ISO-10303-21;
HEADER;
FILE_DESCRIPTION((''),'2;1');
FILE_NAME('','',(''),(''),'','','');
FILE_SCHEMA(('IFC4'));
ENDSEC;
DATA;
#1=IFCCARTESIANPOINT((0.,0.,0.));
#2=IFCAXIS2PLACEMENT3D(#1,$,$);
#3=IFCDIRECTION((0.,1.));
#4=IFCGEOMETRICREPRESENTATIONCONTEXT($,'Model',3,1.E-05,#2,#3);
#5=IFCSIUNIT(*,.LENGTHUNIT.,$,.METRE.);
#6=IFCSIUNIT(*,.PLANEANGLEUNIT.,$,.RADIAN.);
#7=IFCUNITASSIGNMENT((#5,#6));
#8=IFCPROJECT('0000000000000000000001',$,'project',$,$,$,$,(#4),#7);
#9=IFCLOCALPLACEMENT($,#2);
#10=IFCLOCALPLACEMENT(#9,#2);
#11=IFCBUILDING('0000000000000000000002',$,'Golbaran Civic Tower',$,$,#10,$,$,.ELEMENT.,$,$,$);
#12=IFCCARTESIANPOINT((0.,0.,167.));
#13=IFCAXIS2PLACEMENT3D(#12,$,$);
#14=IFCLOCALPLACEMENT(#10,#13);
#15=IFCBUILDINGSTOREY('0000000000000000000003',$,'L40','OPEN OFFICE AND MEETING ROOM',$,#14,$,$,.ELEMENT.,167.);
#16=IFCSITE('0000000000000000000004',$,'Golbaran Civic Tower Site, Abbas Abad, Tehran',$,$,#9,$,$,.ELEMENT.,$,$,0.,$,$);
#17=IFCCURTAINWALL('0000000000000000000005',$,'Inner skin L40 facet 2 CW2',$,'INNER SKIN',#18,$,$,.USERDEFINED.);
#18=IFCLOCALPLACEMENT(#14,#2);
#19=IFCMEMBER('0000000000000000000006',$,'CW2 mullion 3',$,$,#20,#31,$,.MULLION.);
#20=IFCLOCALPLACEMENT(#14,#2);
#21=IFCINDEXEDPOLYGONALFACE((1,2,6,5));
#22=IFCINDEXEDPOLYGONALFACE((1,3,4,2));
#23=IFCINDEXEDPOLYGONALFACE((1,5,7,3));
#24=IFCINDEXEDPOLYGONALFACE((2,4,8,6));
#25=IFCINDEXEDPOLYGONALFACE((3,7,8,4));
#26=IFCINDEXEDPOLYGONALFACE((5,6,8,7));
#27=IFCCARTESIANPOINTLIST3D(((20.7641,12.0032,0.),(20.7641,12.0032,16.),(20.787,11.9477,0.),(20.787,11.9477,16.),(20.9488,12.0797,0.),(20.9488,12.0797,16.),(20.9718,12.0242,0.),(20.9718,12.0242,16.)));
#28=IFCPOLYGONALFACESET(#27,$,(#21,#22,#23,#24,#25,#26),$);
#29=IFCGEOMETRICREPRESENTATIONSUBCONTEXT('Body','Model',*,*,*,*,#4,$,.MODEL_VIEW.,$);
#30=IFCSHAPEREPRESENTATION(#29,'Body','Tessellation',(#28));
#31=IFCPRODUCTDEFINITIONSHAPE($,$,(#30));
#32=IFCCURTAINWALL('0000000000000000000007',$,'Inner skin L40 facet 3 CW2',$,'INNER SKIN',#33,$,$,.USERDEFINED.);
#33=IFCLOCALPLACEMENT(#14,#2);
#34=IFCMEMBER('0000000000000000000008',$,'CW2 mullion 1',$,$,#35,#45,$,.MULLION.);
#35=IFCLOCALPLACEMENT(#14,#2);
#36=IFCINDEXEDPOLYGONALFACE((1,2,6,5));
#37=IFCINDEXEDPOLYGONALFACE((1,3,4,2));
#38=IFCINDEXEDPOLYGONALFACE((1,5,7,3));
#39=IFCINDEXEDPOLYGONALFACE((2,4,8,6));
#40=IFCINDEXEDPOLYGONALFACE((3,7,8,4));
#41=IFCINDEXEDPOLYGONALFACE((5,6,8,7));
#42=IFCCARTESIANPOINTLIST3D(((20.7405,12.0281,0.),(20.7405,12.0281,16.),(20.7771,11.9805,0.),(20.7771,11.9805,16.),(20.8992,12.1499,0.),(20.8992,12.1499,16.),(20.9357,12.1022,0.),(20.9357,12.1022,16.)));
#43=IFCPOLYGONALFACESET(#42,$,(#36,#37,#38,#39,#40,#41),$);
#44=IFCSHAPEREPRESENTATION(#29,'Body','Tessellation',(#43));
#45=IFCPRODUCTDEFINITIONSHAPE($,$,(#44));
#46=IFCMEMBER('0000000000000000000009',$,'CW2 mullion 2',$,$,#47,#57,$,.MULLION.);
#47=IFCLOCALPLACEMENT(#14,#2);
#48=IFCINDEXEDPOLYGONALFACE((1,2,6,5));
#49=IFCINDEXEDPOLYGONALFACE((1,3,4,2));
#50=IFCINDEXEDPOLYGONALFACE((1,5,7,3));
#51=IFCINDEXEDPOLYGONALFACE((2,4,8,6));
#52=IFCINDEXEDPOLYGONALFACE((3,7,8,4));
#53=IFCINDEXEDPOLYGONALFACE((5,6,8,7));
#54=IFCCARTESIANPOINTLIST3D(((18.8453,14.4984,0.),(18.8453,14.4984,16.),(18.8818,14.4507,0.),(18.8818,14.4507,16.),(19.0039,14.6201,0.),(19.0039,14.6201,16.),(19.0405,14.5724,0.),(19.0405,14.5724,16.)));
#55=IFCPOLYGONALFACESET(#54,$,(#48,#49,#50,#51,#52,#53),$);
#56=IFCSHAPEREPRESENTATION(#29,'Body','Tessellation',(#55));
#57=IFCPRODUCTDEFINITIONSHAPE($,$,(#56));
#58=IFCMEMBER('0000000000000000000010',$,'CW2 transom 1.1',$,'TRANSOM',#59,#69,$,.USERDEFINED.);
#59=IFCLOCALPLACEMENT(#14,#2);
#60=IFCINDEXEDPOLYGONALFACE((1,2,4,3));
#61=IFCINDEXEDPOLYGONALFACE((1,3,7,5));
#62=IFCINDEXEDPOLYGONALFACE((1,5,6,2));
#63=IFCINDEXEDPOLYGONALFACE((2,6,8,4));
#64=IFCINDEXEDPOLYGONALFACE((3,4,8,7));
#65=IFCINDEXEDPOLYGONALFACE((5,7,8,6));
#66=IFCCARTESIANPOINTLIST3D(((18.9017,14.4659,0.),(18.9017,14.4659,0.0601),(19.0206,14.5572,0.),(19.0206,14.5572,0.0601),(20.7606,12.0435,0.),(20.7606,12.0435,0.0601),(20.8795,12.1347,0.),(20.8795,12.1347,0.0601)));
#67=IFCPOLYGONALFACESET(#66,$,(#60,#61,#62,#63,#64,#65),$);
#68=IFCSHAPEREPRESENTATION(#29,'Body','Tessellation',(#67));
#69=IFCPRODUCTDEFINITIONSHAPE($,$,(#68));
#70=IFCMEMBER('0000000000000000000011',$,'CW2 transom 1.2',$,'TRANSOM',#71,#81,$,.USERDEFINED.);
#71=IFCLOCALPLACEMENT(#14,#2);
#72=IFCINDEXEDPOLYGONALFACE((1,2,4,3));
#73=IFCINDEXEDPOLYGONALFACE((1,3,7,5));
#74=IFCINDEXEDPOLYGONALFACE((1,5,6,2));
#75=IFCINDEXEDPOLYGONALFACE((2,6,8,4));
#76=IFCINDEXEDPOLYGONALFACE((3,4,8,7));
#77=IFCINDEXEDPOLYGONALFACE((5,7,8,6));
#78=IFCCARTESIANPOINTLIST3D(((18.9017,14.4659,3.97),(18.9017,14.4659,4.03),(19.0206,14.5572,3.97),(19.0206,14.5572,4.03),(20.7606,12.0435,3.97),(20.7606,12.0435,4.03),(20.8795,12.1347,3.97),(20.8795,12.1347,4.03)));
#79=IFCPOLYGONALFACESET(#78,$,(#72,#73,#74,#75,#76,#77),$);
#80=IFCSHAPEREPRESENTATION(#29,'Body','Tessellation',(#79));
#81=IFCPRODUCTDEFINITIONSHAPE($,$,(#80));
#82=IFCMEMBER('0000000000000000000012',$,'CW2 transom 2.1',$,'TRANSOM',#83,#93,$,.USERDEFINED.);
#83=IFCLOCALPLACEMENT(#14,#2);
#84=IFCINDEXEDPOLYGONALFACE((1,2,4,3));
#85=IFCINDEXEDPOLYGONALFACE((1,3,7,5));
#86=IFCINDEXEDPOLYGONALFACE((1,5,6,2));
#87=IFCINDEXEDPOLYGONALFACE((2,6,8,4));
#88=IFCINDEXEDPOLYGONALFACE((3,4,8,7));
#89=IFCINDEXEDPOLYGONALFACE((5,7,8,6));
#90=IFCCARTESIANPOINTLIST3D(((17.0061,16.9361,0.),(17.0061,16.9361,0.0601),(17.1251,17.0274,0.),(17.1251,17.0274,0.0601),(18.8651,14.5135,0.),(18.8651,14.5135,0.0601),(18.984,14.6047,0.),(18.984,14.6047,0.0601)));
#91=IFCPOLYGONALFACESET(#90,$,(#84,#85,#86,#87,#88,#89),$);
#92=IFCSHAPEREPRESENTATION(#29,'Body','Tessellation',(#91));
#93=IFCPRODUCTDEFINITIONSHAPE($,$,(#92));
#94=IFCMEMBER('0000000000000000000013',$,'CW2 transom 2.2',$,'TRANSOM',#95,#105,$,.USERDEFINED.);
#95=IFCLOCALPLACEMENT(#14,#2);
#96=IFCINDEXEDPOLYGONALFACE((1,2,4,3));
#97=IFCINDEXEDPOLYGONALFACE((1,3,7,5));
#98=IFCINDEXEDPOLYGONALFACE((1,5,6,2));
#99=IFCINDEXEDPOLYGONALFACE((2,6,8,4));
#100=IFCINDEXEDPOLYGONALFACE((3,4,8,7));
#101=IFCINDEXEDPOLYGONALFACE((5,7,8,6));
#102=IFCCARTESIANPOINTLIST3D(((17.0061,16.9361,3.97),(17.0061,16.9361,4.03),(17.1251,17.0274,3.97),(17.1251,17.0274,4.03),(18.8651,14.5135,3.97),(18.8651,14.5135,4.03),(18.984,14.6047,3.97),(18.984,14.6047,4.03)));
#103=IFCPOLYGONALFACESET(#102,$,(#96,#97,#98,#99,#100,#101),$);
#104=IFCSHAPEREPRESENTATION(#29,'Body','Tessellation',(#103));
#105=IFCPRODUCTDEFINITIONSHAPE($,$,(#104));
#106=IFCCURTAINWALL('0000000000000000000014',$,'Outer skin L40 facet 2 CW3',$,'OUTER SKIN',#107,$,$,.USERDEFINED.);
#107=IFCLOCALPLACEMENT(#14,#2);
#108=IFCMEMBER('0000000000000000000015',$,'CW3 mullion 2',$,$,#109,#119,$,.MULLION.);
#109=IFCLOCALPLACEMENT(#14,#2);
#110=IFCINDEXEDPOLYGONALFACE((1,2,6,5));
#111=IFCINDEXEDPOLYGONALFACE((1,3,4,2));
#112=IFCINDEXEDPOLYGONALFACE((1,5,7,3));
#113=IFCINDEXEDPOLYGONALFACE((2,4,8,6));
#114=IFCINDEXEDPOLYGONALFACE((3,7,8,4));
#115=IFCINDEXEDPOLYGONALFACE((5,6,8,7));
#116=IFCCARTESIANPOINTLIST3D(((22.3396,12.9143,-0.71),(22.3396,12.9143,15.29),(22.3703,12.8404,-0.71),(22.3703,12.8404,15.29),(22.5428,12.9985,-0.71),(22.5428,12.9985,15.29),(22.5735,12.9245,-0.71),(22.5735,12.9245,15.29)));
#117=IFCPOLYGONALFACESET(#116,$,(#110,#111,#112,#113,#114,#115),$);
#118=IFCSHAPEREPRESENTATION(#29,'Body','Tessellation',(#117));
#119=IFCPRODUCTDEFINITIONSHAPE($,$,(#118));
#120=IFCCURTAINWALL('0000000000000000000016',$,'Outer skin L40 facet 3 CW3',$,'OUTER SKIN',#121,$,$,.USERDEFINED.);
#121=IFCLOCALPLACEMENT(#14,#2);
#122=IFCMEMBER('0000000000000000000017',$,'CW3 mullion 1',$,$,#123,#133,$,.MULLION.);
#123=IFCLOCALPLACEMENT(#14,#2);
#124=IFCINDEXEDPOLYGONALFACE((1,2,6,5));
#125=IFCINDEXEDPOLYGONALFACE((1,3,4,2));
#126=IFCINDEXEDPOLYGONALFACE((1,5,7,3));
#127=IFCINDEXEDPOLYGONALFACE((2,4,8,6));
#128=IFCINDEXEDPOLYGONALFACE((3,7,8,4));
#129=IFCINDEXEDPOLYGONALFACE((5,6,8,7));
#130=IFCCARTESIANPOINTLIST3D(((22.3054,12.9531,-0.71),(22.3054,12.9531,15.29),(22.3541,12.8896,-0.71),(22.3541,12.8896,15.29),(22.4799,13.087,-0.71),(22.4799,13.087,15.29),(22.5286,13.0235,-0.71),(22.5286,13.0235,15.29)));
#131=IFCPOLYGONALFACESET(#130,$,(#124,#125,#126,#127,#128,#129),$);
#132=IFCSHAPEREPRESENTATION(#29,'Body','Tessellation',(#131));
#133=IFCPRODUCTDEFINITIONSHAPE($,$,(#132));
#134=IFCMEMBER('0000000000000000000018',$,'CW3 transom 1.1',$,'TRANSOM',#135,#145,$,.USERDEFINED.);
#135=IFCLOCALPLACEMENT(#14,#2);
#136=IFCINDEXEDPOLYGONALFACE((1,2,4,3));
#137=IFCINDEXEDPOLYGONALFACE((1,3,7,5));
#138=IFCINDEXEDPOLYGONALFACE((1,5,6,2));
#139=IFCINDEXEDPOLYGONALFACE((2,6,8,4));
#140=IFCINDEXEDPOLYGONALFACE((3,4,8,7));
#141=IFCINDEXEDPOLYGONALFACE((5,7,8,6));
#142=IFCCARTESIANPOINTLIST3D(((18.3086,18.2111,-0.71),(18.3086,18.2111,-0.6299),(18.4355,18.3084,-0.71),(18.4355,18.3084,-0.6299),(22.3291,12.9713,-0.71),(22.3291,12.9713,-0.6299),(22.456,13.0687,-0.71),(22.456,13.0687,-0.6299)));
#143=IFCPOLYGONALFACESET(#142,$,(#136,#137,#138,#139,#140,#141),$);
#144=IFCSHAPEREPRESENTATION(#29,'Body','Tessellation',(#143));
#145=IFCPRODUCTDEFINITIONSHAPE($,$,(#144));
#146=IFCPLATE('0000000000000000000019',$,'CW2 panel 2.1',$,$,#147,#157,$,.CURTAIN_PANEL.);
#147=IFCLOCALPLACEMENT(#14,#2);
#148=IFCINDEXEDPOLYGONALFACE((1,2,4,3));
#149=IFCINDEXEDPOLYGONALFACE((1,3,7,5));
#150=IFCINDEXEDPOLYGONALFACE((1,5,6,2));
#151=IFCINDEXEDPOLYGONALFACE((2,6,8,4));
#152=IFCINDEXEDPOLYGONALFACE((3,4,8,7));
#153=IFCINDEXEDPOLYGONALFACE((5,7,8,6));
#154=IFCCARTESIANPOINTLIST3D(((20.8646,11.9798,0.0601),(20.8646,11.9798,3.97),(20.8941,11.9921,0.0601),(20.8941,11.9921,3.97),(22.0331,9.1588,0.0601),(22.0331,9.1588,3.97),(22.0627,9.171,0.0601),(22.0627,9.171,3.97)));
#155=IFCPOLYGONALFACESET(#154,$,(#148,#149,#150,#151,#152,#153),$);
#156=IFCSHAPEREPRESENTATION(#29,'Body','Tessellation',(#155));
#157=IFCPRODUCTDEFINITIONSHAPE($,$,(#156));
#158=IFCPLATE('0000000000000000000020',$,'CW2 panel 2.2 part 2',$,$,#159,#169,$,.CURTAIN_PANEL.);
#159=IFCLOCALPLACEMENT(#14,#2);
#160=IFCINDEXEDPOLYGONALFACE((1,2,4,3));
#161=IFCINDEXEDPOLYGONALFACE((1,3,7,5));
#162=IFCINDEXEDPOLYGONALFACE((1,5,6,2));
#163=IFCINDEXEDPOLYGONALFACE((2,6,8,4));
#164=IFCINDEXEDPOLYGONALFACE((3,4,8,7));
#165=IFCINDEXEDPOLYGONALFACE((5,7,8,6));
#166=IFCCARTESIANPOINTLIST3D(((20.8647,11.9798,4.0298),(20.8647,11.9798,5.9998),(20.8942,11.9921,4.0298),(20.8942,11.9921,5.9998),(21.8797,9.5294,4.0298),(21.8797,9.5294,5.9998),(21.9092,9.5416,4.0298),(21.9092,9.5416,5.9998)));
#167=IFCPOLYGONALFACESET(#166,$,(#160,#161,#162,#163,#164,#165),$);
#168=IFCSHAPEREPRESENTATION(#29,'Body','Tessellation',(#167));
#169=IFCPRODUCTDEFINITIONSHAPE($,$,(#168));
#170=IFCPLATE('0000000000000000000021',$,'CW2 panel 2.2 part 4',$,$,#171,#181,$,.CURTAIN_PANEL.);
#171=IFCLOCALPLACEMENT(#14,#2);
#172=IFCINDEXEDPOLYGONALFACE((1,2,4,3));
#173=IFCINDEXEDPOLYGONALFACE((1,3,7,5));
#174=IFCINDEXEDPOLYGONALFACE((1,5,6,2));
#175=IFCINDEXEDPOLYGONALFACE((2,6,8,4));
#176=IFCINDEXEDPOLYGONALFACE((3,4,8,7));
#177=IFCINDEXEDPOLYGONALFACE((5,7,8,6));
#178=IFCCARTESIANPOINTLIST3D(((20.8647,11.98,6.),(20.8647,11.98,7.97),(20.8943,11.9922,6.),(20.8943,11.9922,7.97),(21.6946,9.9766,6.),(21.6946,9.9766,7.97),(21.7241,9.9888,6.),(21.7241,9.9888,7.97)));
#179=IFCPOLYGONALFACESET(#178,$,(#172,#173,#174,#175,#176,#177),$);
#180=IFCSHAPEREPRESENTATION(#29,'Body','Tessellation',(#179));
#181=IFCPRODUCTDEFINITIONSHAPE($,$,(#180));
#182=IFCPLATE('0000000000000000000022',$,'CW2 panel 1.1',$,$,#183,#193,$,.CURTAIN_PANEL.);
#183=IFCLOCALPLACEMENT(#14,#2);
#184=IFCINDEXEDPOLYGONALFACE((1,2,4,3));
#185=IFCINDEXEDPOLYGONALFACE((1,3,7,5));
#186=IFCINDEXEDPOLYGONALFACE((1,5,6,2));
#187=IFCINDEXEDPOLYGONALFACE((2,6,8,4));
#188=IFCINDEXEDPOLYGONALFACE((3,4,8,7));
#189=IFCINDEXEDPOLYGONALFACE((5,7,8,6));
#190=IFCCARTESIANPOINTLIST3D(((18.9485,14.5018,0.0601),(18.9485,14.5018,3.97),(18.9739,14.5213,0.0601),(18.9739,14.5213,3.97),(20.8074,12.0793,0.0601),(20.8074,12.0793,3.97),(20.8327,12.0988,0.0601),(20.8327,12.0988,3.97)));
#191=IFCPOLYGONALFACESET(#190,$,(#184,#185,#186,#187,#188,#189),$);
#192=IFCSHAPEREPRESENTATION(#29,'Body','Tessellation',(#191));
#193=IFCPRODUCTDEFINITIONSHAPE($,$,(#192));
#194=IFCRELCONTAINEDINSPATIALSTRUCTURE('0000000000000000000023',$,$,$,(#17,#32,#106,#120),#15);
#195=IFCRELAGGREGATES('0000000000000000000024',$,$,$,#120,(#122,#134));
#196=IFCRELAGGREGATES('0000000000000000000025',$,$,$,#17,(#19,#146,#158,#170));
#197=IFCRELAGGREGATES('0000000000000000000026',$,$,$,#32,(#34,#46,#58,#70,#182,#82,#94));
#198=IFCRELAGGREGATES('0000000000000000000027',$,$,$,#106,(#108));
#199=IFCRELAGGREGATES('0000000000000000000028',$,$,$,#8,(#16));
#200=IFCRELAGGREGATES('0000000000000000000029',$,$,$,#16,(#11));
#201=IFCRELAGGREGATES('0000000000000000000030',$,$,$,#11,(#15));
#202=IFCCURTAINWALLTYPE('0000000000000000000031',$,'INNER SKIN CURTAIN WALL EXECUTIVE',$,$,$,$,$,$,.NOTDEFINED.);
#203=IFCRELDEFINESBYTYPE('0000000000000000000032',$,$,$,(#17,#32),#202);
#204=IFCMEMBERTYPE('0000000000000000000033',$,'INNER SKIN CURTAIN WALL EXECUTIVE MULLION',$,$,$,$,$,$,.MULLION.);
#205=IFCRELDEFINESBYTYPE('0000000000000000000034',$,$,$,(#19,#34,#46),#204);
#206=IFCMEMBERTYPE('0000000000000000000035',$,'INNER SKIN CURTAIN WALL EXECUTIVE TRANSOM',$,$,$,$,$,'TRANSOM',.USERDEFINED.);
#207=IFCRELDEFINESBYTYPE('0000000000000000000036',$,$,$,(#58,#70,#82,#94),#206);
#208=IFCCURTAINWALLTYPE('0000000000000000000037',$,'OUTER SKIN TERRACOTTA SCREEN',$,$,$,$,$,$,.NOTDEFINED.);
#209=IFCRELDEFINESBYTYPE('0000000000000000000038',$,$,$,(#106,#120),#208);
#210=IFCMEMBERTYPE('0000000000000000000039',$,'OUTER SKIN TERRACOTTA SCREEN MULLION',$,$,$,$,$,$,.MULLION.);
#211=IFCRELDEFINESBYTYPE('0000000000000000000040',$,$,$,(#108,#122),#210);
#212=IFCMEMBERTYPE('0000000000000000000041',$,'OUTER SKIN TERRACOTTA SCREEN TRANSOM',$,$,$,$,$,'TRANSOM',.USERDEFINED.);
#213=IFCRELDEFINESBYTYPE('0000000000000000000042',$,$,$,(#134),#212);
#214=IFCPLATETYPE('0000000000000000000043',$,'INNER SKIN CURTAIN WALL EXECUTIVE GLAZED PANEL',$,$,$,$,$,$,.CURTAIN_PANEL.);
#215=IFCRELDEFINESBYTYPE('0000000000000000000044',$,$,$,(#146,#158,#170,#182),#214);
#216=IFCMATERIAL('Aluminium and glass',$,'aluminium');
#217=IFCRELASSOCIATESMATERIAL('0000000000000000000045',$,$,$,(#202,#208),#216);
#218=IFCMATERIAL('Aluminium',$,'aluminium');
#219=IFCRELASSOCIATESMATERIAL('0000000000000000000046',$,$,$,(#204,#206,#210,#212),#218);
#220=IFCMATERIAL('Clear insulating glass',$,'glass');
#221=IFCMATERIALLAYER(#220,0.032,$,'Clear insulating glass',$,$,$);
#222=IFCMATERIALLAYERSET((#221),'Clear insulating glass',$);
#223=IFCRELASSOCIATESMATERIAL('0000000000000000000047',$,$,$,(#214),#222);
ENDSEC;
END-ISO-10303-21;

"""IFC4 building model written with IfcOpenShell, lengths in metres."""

from ifc_helpers import new_model, si_unit, direction, frame, origin, origin_2d, place, context, subcontext, project, spatial, rectangle, extrude, material, layer, layer_set, material_profile, profile_set, type_object, element, aggregate, save


model = new_model("IFC4")

# Units and contexts
model_context = context("Model", 3, precision=1e-05, world=origin(), true_north=direction((0.0, 1.0)))
body_context = subcontext(model_context, "Body", "Model", "MODEL_VIEW")
ifc_project = project(units=[si_unit("LENGTHUNIT", "METRE"), si_unit("PLANEANGLEUNIT", "RADIAN")], contexts=[model_context])

# Site, building, storey
site_placement = place(None, origin())
site = spatial("IfcSite", under=ifc_project, at=site_placement, Name="Golbaran Civic Tower Site, Abbas Abad, Tehran", CompositionType="ELEMENT", RefElevation=0.0)
building_placement = place(site_placement, origin())
building = spatial("IfcBuilding", under=site, at=building_placement, Name="Golbaran Civic Tower", CompositionType="ELEMENT")
storey_placement = place(building_placement, frame((0.0, 0.0, 167.0)))
storey = spatial("IfcBuildingStorey", under=building, at=storey_placement, Name="L40", Description="OPEN OFFICE AND MEETING ROOM", CompositionType="ELEMENT", Elevation=167.0)

# Curtain wall, member
ifc_material_1 = material(Name="Aluminium and glass", Category="aluminium")
curtain_wall_type_1 = type_object("IfcCurtainWallType", Name="INNER SKIN CURTAIN WALL EXECUTIVE", PredefinedType="NOTDEFINED", material=ifc_material_1)
curtain_wall_1_placement = place(storey_placement, origin())
curtain_wall_1 = element("IfcCurtainWall", 1, at=curtain_wall_1_placement, inside=storey, type_object=curtain_wall_type_1, Name="Inner skin L40 facet 2 CW2", ObjectType="INNER SKIN", PredefinedType="USERDEFINED")
ifc_material_2 = material(Name="Aluminium", Category="aluminium")
ifc_material_profile_1 = material_profile(ifc_material_2, rectangle(XDim=0.2, YDim=0.0601, at=origin_2d()), Name="INNER SKIN CURTAIN WALL EXECUTIVE MULLION")
ifc_profile_set_1 = profile_set([ifc_material_profile_1], Name="Aluminium")
member_type_1 = type_object("IfcMemberType", Name="INNER SKIN CURTAIN WALL EXECUTIVE MULLION", PredefinedType="MULLION", material=ifc_profile_set_1)
member_1_placement = place(storey_placement, frame((20.8679, 12.0137, 0.0), z_axis=(0.0, 0.0, 1.0), x_axis=(-0.92388, -0.382683, 0.0)))
member_1 = element("IfcMember", 2, at=member_1_placement, type_object=member_type_1, Name="CW2 mullion 3", PredefinedType="MULLION", context=body_context, shape_type="SweptSolid", body=[
    extrude(rectangle(XDim=0.2, YDim=0.0601, at=origin_2d()), origin(), (0.0, 0.0, 1.0), 16.0),
])

# Curtain wall, members
curtain_wall_2_placement = place(storey_placement, origin())
curtain_wall_2 = element("IfcCurtainWall", 3, at=curtain_wall_2_placement, inside=storey, type_object=curtain_wall_type_1, Name="Inner skin L40 facet 3 CW2", ObjectType="INNER SKIN", PredefinedType="USERDEFINED")
member_2_placement = place(storey_placement, frame((20.8381, 12.0652, 0.0), z_axis=(0.0, 0.0, 1.0), x_axis=(-0.793353, -0.608761, 0.0)))
member_2 = element("IfcMember", 4, at=member_2_placement, type_object=member_type_1, Name="CW2 mullion 1", PredefinedType="MULLION", context=body_context, shape_type="SweptSolid", body=[
    extrude(rectangle(XDim=0.2, YDim=0.0601, at=origin_2d()), origin(), (0.0, 0.0, 1.0), 16.0),
])
member_3_placement = place(storey_placement, frame((18.9429, 14.5354, 0.0), z_axis=(0.0, 0.0, 1.0), x_axis=(-0.793353, -0.608761, 0.0)))
member_3 = element("IfcMember", 5, at=member_3_placement, type_object=member_type_1, Name="CW2 mullion 2", PredefinedType="MULLION", context=body_context, shape_type="SweptSolid", body=[
    extrude(rectangle(XDim=0.2, YDim=0.0601, at=origin_2d()), origin(), (0.0, 0.0, 1.0), 16.0),
])
ifc_material_profile_2 = material_profile(ifc_material_2, rectangle(XDim=0.1499, YDim=0.0601, at=origin_2d()), Name="INNER SKIN CURTAIN WALL EXECUTIVE TRANSOM")
ifc_profile_set_2 = profile_set([ifc_material_profile_2], Name="Aluminium")
member_type_2 = type_object("IfcMemberType", Name="INNER SKIN CURTAIN WALL EXECUTIVE TRANSOM", ElementType="TRANSOM", PredefinedType="USERDEFINED", material=ifc_profile_set_2)
member_4_placement = place(storey_placement, frame((20.8201, 12.0891, 0.03), z_axis=(-0.608791, 0.793331, 0.0), x_axis=(-0.793331, -0.608791, 0.0)))
member_4 = element("IfcMember", 6, at=member_4_placement, type_object=member_type_2, Name="CW2 transom 1.1", ObjectType="TRANSOM", PredefinedType="USERDEFINED", context=body_context, shape_type="SweptSolid", body=[
    extrude(rectangle(XDim=0.1499, YDim=0.0601, at=origin_2d()), origin(), (0.0, 0.0, 1.0), 3.0535),
])
member_5_placement = place(storey_placement, frame((20.8201, 12.0891, 4.0), z_axis=(-0.608791, 0.793331, 0.0), x_axis=(-0.793331, -0.608791, 0.0)))
member_5 = element("IfcMember", 7, at=member_5_placement, type_object=member_type_2, Name="CW2 transom 1.2", ObjectType="TRANSOM", PredefinedType="USERDEFINED", context=body_context, shape_type="SweptSolid", body=[
    extrude(rectangle(XDim=0.1499, YDim=0.0601, at=origin_2d()), origin(), (0.0, 0.0, 1.0), 3.0535),
])
member_6_placement = place(storey_placement, frame((18.9246, 14.5591, 0.03), z_axis=(-0.608752, 0.793361, 0.0), x_axis=(-0.793361, -0.608752, 0.0)))
member_6 = element("IfcMember", 8, at=member_6_placement, type_object=member_type_2, Name="CW2 transom 2.1", ObjectType="TRANSOM", PredefinedType="USERDEFINED", context=body_context, shape_type="SweptSolid", body=[
    extrude(rectangle(XDim=0.1499, YDim=0.0601, at=origin_2d()), origin(), (0.0, 0.0, 1.0), 3.0537),
])
member_7_placement = place(storey_placement, frame((18.9246, 14.5591, 4.0), z_axis=(-0.608752, 0.793361, 0.0), x_axis=(-0.793361, -0.608752, 0.0)))
member_7 = element("IfcMember", 9, at=member_7_placement, type_object=member_type_2, Name="CW2 transom 2.2", ObjectType="TRANSOM", PredefinedType="USERDEFINED", context=body_context, shape_type="SweptSolid", body=[
    extrude(rectangle(XDim=0.1499, YDim=0.0601, at=origin_2d()), origin(), (0.0, 0.0, 1.0), 3.0537),
])

# Curtain wall, member
curtain_wall_type_2 = type_object("IfcCurtainWallType", Name="OUTER SKIN TERRACOTTA SCREEN", PredefinedType="NOTDEFINED", material=ifc_material_1)
curtain_wall_3_placement = place(storey_placement, origin())
curtain_wall_3 = element("IfcCurtainWall", 10, at=curtain_wall_3_placement, inside=storey, type_object=curtain_wall_type_2, Name="Outer skin L40 facet 2 CW3", ObjectType="OUTER SKIN", PredefinedType="USERDEFINED")
ifc_material_profile_3 = material_profile(ifc_material_2, rectangle(XDim=0.22, YDim=0.0801, at=origin_2d()), Name="OUTER SKIN TERRACOTTA SCREEN MULLION")
ifc_profile_set_3 = profile_set([ifc_material_profile_3], Name="Aluminium")
member_type_3 = type_object("IfcMemberType", Name="OUTER SKIN TERRACOTTA SCREEN MULLION", PredefinedType="MULLION", material=ifc_profile_set_3)
member_8_placement = place(storey_placement, frame((22.4565, 12.9194, -0.71), z_axis=(0.0, 0.0, 1.0), x_axis=(-0.92388, -0.382683, 0.0)))
member_8 = element("IfcMember", 11, at=member_8_placement, type_object=member_type_3, Name="CW3 mullion 2", PredefinedType="MULLION", context=body_context, shape_type="SweptSolid", body=[
    extrude(rectangle(XDim=0.22, YDim=0.0801, at=origin_2d()), origin(), (0.0, 0.0, 1.0), 16.0),
])

# Curtain wall, members
curtain_wall_4_placement = place(storey_placement, origin())
curtain_wall_4 = element("IfcCurtainWall", 12, at=curtain_wall_4_placement, inside=storey, type_object=curtain_wall_type_2, Name="Outer skin L40 facet 3 CW3", ObjectType="OUTER SKIN", PredefinedType="USERDEFINED")
member_9_placement = place(storey_placement, frame((22.417, 12.9883, -0.71), z_axis=(0.0, 0.0, 1.0), x_axis=(-0.793353, -0.608761, 0.0)))
member_9 = element("IfcMember", 13, at=member_9_placement, type_object=member_type_3, Name="CW3 mullion 1", PredefinedType="MULLION", context=body_context, shape_type="SweptSolid", body=[
    extrude(rectangle(XDim=0.22, YDim=0.0801, at=origin_2d()), origin(), (0.0, 0.0, 1.0), 16.0),
])
ifc_material_profile_4 = material_profile(ifc_material_2, rectangle(XDim=0.1599, YDim=0.0801, at=origin_2d()), Name="OUTER SKIN TERRACOTTA SCREEN TRANSOM")
ifc_profile_set_4 = profile_set([ifc_material_profile_4], Name="Aluminium")
member_type_4 = type_object("IfcMemberType", Name="OUTER SKIN TERRACOTTA SCREEN TRANSOM", ElementType="TRANSOM", PredefinedType="USERDEFINED", material=ifc_profile_set_4)
member_10_placement = place(storey_placement, frame((22.3926, 13.02, -0.6699), z_axis=(-0.608753, 0.79336, 0.0), x_axis=(-0.79336, -0.608753, 0.0)))
member_10 = element("IfcMember", 14, at=member_10_placement, type_object=member_type_4, Name="CW3 transom 1.1", ObjectType="TRANSOM", PredefinedType="USERDEFINED", context=body_context, shape_type="SweptSolid", body=[
    extrude(rectangle(XDim=0.1599, YDim=0.0801, at=origin_2d()), origin(), (0.0, 0.0, 1.0), 6.6045),
])
aggregate(curtain_wall_4, [member_9, member_10])

# Plates
ifc_material_3 = material(Name="Clear insulating glass", Category="glass")
ifc_layer_1 = layer(ifc_material_3, 0.032, Name="Clear insulating glass")
ifc_layer_set_1 = layer_set([ifc_layer_1], Name="Clear insulating glass")
plate_type_1 = type_object("IfcPlateType", Name="INNER SKIN CURTAIN WALL EXECUTIVE GLAZED PANEL", PredefinedType="CURTAIN_PANEL", material=ifc_layer_set_1)
plate_1_placement = place(storey_placement, frame((21.4636, 10.5754, 0.0601), z_axis=(0.0, 0.0, 1.0), x_axis=(-0.382683, 0.92388, 0.0)))
plate_1 = element("IfcPlate", 15, at=plate_1_placement, type_object=plate_type_1, Name="CW2 panel 2.1", PredefinedType="CURTAIN_PANEL", context=body_context, shape_type="SweptSolid", body=[
    extrude(rectangle(XDim=3.0535, YDim=0.032, at=origin_2d()), origin(), (0.0, 0.0, 1.0), 3.9099),
])
plate_2_placement = place(storey_placement, frame((21.387, 10.7607, 4.0298), z_axis=(0.0, 0.0, 1.0), x_axis=(-0.382683, 0.92388, 0.0)))
plate_2 = element("IfcPlate", 16, at=plate_2_placement, type_object=plate_type_1, Name="CW2 panel 2.2 part 2", PredefinedType="CURTAIN_PANEL", context=body_context, shape_type="SweptSolid", body=[
    extrude(rectangle(XDim=2.6523, YDim=0.032, at=origin_2d()), origin(), (0.0, 0.0, 1.0), 1.97),
])
plate_3_placement = place(storey_placement, frame((21.2944, 10.9844, 6.0), z_axis=(0.0, 0.0, 1.0), x_axis=(-0.382683, 0.92388, 0.0)))
plate_3 = element("IfcPlate", 17, at=plate_3_placement, type_object=plate_type_1, Name="CW2 panel 2.2 part 4", PredefinedType="CURTAIN_PANEL", context=body_context, shape_type="SweptSolid", body=[
    extrude(rectangle(XDim=2.1685, YDim=0.032, at=origin_2d()), origin(), (0.0, 0.0, 1.0), 1.97),
])
plate_4_placement = place(storey_placement, frame((19.8906, 13.3003, 0.0601), z_axis=(0.0, 0.0, 1.0), x_axis=(-0.608761, 0.793353, 0.0)))
plate_4 = element("IfcPlate", 18, at=plate_4_placement, type_object=plate_type_1, Name="CW2 panel 1.1", PredefinedType="CURTAIN_PANEL", context=body_context, shape_type="SweptSolid", body=[
    extrude(rectangle(XDim=3.0535, YDim=0.032, at=origin_2d()), origin(), (0.0, 0.0, 1.0), 3.9099),
])
aggregate(curtain_wall_1, [member_1, plate_1, plate_2, plate_3])
aggregate(curtain_wall_2, [member_2, member_3, member_4, member_5, plate_4, member_6, member_7])
aggregate(curtain_wall_3, [member_8])

save(model, "model.ifc")
